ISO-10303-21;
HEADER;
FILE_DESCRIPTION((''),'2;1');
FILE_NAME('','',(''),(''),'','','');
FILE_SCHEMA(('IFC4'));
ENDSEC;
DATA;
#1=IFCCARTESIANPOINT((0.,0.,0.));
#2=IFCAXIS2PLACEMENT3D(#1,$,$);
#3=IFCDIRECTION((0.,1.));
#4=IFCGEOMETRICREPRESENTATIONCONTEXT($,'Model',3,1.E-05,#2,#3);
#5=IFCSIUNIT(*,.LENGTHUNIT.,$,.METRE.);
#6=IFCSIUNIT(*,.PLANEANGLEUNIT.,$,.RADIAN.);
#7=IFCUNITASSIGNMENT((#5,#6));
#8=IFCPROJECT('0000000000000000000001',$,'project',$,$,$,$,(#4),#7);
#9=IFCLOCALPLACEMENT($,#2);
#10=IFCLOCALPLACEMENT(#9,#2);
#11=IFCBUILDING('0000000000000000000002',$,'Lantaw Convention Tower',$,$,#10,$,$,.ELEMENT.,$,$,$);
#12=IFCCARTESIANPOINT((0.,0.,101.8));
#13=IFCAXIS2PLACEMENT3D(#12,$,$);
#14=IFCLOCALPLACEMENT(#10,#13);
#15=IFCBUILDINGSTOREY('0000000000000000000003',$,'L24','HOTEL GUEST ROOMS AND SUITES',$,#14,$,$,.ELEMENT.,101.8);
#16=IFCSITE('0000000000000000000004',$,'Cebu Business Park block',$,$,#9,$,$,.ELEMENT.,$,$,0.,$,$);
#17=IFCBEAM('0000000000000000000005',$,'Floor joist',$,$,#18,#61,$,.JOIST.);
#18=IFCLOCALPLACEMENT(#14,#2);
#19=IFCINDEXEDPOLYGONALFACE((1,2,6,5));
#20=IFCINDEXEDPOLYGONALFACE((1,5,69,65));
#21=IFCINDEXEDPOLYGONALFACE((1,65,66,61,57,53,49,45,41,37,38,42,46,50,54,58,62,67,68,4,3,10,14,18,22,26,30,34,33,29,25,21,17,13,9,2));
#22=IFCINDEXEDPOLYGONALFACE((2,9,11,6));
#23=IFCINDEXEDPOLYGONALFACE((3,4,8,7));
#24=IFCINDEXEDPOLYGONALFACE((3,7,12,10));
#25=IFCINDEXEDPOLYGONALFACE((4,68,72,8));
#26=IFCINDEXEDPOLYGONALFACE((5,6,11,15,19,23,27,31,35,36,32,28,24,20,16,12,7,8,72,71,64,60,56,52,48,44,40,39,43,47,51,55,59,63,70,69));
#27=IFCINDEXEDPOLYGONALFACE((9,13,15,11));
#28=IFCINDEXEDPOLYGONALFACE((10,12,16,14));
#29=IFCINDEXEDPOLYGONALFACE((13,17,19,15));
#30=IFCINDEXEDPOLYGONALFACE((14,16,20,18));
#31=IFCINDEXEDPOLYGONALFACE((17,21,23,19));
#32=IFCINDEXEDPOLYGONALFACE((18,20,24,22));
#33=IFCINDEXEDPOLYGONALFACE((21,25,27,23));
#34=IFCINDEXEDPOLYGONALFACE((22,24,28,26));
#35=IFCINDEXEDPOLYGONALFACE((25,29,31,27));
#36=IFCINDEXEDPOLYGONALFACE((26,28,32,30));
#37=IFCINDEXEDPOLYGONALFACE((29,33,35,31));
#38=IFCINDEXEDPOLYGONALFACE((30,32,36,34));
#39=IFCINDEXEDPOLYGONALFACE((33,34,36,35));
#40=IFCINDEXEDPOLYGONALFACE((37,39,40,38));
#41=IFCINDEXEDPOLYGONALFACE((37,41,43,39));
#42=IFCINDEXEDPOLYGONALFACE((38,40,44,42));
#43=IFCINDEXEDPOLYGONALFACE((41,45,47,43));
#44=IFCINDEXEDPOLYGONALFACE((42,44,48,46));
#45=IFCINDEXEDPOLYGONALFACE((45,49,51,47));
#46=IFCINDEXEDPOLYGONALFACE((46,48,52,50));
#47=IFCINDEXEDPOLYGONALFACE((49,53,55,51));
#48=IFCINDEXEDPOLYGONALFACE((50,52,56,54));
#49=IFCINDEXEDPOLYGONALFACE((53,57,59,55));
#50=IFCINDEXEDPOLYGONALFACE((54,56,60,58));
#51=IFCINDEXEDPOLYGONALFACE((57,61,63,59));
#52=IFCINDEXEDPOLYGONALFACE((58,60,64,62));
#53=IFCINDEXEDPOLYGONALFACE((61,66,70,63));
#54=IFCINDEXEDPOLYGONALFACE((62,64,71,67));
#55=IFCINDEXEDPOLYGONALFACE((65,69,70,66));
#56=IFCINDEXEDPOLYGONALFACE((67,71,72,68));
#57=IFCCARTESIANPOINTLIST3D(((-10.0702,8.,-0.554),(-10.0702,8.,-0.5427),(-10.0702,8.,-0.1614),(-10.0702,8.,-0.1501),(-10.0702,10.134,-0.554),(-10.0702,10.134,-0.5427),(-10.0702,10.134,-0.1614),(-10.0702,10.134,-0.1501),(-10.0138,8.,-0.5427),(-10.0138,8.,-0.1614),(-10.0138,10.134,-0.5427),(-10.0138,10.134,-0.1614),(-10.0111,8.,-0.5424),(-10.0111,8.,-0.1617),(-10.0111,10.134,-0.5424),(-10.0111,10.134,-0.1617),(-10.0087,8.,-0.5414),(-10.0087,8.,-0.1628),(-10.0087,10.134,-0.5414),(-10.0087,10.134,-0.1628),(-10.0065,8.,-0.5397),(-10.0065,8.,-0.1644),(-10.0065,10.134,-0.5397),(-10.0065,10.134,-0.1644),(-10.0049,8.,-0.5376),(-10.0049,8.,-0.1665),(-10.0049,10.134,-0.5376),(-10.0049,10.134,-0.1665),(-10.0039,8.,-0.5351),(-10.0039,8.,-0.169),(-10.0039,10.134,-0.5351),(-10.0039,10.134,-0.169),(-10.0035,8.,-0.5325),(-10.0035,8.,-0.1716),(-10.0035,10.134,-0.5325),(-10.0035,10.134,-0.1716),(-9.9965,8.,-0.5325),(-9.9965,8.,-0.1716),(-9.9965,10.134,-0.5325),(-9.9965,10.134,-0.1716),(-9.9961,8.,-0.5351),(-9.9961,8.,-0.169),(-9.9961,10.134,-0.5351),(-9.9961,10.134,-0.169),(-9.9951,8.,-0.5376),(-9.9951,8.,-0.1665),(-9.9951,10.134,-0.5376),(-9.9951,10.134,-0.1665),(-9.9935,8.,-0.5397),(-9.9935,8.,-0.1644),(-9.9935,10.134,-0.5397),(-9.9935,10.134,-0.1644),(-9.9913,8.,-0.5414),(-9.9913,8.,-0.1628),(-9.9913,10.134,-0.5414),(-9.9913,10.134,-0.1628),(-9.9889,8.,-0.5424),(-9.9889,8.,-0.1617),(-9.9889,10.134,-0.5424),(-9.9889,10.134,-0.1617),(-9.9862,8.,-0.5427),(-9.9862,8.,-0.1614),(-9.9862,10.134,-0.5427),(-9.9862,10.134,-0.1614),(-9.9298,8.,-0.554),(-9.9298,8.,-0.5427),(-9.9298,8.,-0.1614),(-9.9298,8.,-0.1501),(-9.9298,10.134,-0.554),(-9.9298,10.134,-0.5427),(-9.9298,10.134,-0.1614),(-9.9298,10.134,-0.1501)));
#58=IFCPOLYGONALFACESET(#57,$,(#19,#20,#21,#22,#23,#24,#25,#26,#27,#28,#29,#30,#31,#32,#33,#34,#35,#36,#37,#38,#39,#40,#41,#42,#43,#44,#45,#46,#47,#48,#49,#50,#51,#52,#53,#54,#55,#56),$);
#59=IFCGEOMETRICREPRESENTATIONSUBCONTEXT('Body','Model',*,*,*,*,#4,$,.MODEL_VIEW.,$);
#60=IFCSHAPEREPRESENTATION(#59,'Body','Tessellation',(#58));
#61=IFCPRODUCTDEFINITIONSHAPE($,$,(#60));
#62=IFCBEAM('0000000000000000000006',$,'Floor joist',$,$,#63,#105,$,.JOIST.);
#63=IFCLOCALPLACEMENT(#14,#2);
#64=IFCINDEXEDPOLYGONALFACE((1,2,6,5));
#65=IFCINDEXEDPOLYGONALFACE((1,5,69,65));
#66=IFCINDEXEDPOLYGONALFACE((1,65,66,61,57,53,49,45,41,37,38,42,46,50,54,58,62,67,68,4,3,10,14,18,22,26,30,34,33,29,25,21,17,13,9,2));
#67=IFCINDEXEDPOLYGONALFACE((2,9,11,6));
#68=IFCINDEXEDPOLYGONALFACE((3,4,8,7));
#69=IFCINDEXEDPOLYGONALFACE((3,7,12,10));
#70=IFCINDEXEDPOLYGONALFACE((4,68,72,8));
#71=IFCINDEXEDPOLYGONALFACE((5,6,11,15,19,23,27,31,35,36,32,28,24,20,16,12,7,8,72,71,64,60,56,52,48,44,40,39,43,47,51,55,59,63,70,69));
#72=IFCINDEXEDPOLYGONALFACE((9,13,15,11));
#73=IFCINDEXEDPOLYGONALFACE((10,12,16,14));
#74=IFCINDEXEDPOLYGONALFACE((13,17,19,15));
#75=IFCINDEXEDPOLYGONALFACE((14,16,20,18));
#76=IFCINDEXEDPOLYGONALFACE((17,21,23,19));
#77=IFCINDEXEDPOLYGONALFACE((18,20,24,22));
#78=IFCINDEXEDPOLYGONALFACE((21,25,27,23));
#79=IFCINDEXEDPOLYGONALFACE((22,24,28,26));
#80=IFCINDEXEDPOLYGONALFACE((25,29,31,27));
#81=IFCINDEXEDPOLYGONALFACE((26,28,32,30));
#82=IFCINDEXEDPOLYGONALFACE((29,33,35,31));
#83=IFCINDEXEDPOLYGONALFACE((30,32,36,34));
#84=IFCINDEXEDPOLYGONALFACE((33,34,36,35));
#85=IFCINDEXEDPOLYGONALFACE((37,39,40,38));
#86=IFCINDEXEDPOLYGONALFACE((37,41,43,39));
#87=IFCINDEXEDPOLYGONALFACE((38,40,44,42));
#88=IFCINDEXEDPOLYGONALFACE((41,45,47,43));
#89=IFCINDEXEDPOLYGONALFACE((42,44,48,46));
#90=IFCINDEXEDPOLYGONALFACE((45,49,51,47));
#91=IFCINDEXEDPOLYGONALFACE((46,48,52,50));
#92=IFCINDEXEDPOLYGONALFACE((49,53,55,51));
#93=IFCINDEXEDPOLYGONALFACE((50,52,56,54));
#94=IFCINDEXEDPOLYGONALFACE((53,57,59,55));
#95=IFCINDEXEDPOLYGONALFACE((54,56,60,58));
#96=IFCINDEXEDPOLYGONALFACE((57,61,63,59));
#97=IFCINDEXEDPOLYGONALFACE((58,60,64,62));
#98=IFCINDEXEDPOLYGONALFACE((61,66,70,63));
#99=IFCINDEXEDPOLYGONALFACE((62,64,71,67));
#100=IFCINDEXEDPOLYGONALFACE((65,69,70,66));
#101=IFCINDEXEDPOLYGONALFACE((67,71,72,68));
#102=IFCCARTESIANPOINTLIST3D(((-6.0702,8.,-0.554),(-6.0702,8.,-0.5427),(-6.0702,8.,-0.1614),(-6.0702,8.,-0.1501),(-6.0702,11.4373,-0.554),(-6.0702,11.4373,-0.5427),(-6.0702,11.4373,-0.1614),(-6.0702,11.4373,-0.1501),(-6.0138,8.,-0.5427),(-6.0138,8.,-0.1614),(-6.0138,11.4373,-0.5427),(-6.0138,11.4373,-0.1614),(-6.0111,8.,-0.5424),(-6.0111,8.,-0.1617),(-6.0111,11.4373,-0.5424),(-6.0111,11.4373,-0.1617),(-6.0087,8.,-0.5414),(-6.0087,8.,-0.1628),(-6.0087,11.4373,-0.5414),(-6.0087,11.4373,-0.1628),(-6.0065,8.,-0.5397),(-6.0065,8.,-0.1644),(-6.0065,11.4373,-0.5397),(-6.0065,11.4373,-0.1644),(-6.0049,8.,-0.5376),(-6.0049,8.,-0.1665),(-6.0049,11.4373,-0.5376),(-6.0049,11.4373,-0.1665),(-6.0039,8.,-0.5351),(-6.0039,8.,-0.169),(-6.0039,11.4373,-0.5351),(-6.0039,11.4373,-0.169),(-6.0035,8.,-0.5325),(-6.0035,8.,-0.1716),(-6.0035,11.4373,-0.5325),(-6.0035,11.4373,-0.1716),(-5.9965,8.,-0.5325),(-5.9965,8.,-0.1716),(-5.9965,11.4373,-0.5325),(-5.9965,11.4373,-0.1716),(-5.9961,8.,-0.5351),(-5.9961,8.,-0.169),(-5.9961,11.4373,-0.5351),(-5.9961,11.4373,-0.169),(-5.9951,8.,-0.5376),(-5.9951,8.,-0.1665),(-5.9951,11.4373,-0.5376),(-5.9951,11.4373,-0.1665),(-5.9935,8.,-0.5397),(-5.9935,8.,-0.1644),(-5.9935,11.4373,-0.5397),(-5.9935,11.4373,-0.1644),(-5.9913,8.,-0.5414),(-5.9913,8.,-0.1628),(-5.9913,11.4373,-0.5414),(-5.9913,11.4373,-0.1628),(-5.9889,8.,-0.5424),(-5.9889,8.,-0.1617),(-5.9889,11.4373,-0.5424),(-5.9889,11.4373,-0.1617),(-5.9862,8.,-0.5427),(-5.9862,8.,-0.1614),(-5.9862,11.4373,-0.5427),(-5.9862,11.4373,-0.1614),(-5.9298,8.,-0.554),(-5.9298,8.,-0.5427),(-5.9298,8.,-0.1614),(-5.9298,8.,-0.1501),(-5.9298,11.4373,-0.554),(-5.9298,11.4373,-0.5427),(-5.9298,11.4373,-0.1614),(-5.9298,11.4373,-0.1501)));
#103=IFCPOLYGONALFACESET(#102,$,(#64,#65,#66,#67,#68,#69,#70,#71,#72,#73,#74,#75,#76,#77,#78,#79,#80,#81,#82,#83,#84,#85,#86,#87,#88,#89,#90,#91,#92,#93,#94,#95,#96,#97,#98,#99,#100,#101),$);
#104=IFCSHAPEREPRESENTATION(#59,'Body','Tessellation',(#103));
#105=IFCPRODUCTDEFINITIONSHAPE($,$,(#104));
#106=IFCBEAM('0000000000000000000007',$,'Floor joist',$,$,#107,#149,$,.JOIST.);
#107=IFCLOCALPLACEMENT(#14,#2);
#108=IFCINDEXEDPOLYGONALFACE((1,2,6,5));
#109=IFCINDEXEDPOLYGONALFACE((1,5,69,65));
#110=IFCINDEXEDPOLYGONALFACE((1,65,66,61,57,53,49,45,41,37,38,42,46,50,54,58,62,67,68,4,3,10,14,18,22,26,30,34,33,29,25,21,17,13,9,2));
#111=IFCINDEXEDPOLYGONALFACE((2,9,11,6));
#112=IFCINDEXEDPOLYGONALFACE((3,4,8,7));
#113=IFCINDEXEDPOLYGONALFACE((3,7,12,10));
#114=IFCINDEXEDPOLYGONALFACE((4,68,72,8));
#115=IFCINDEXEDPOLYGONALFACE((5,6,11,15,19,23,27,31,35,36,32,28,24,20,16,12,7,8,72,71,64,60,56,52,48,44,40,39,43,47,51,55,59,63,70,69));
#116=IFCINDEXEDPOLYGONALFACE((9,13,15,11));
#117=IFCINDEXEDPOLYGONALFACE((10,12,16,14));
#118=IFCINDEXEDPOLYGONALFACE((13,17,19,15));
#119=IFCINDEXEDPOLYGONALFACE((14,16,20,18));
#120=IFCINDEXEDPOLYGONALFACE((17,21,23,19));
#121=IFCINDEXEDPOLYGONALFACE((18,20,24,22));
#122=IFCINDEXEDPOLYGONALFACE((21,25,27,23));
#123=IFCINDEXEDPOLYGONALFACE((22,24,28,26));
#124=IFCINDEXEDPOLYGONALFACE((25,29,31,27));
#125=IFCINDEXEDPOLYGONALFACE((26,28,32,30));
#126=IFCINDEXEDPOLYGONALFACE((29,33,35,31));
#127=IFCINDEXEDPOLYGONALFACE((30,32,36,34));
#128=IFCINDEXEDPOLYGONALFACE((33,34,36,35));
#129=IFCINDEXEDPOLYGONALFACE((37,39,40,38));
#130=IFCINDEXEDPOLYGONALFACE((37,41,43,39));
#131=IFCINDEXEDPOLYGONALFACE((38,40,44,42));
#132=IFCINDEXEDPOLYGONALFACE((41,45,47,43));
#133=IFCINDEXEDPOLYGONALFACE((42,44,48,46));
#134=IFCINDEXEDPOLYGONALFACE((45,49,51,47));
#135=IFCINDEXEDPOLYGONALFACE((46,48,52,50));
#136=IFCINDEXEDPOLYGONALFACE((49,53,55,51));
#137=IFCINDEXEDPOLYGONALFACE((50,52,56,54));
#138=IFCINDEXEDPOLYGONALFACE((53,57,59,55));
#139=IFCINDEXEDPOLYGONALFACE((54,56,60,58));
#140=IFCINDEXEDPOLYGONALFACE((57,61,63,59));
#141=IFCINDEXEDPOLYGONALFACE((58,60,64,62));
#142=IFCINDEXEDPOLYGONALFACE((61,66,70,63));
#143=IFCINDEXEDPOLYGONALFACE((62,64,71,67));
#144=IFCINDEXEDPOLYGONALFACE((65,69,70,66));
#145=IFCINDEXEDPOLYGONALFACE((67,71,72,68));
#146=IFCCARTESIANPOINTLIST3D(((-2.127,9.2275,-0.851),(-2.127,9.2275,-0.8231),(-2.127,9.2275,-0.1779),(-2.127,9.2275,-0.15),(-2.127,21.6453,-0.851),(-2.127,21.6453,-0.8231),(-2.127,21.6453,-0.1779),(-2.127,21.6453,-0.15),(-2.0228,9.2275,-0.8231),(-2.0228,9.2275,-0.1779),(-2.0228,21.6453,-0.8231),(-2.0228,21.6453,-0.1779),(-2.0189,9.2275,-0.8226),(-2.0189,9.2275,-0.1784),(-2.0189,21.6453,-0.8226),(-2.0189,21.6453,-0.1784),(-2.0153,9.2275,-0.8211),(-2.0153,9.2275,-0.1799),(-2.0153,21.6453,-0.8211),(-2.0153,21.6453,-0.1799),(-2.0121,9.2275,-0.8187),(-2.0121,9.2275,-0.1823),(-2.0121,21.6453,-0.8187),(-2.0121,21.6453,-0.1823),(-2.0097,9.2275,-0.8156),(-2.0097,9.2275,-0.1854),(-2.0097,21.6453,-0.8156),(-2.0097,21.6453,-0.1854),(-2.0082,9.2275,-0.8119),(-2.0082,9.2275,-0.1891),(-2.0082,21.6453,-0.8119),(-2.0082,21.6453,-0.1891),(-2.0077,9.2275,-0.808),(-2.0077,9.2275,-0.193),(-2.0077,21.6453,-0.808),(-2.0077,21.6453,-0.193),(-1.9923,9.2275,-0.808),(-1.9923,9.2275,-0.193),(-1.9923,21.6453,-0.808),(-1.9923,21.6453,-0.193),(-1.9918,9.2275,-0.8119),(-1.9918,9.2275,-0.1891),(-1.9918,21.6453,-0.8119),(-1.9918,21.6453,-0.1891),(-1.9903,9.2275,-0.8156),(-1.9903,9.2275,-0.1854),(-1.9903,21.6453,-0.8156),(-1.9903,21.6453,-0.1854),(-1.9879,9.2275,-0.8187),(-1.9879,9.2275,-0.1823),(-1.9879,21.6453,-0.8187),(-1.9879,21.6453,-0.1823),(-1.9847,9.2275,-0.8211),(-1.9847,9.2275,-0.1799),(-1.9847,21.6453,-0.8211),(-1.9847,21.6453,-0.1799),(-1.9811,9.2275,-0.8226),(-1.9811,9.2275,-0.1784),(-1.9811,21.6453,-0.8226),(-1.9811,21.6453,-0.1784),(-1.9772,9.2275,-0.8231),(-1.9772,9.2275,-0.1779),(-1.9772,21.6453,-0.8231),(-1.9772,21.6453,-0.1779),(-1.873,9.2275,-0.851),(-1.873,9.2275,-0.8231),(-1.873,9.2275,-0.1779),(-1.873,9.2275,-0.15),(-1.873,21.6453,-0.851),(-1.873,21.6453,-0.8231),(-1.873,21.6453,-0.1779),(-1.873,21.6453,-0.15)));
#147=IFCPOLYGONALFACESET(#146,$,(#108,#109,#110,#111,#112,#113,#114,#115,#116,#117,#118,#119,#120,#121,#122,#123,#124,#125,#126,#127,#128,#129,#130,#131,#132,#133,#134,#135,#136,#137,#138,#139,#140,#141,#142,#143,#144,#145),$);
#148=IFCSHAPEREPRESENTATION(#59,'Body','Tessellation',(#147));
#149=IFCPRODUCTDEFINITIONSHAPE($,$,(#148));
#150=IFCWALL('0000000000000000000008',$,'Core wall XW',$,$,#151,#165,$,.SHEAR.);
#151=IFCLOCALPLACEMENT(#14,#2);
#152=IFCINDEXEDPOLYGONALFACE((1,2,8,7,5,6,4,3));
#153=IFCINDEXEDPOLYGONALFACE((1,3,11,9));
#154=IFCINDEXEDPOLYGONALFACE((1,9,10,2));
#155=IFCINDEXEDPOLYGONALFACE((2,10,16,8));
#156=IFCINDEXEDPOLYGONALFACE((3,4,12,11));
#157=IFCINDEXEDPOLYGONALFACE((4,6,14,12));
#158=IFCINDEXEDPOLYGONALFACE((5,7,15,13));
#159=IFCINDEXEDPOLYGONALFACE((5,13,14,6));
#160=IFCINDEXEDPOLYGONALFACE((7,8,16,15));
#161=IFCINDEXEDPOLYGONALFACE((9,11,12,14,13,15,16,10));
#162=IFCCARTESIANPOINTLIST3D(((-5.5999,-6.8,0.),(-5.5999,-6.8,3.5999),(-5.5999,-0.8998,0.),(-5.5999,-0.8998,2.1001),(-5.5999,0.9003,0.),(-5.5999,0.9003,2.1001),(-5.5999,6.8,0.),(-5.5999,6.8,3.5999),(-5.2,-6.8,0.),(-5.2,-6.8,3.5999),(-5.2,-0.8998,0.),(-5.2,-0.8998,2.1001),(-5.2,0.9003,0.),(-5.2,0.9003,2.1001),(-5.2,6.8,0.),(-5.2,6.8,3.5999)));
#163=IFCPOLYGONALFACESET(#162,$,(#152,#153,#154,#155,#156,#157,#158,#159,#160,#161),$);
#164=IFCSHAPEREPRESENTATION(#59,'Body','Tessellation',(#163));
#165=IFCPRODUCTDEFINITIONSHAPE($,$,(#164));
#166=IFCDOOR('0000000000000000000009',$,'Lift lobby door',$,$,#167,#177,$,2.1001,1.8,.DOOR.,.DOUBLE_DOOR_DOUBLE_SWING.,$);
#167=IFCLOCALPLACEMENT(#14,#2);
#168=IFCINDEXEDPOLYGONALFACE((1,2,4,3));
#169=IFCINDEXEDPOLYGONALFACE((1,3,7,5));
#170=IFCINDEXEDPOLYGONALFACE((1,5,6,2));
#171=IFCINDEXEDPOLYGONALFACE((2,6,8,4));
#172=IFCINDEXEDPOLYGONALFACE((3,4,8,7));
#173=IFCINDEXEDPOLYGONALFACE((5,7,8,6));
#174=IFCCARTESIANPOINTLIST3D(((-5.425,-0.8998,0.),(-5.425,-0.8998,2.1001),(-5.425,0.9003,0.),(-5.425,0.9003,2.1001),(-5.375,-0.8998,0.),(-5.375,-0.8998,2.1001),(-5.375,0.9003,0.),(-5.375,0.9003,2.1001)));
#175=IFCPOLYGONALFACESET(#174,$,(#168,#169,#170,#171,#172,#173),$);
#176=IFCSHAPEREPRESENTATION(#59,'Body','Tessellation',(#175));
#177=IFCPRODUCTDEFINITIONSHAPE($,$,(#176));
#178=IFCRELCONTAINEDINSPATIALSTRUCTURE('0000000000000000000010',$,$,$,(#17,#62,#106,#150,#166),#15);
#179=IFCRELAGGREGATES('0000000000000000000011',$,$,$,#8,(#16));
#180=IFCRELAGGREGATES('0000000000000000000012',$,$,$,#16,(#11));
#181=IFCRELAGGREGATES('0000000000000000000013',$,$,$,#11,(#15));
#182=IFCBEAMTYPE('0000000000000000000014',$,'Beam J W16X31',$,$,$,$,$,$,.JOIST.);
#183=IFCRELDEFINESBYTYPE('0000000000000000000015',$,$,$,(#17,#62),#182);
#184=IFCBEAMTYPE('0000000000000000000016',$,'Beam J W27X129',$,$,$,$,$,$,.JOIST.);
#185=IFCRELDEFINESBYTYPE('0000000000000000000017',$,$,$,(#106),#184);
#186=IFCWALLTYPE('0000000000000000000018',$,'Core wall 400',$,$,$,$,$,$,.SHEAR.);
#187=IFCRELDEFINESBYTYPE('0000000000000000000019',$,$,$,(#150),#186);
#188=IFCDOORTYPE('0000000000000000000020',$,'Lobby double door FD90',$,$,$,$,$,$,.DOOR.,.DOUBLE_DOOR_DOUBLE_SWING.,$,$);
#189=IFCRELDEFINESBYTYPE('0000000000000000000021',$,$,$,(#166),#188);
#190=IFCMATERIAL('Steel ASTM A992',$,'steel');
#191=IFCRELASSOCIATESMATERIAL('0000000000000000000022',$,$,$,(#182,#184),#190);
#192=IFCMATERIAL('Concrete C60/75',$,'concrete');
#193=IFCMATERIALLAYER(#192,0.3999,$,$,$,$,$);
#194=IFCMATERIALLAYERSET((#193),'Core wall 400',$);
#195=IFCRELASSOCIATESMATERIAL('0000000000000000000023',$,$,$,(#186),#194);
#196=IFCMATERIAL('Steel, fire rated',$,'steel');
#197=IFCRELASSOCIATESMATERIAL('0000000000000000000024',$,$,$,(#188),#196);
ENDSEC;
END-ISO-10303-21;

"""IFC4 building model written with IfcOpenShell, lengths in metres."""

from ifc_helpers import new_model, si_unit, direction, frame, frame_2d, origin, origin_2d, place, context, subcontext, project, spatial, rectangle, i_section, extrude, material, layer, layer_set, material_profile, profile_set, type_object, element, fill, save


model = new_model("IFC4")

# Units and contexts
model_context = context("Model", 3, precision=1e-05, world=origin(), true_north=direction((0.0, 1.0)))
body_context = subcontext(model_context, "Body", "Model", "MODEL_VIEW")
ifc_project = project(units=[si_unit("LENGTHUNIT", "METRE"), si_unit("PLANEANGLEUNIT", "RADIAN")], contexts=[model_context])

# Site, building, storey
site_placement = place(None, origin())
site = spatial("IfcSite", under=ifc_project, at=site_placement, Name="Cebu Business Park block", CompositionType="ELEMENT", RefElevation=0.0)
building_placement = place(site_placement, origin())
building = spatial("IfcBuilding", under=site, at=building_placement, Name="Lantaw Convention Tower", CompositionType="ELEMENT")
storey_placement = place(building_placement, frame((0.0, 0.0, 101.8)))
storey = spatial("IfcBuildingStorey", under=building, at=storey_placement, Name="L24", Description="HOTEL GUEST ROOMS AND SUITES", CompositionType="ELEMENT", Elevation=101.8)

# Beams
ifc_material_1 = material(Name="Steel ASTM A992", Category="steel")
ifc_material_profile_1 = material_profile(ifc_material_1, i_section(OverallWidth=0.1404, OverallDepth=0.4038, WebThickness=0.0071, FlangeThickness=0.0112, FilletRadius=0.0103, at=origin_2d()), Name="W16X31")
ifc_profile_set_1 = profile_set([ifc_material_profile_1], Name="Steel ASTM A992")
beam_type_1 = type_object("IfcBeamType", Name="Beam J W16X31", PredefinedType="JOIST", material=ifc_profile_set_1)
beam_1_placement = place(storey_placement, frame((-10.0, 8.0, -0.3521), z_axis=(0.0, 1.0, 0.0), x_axis=(-1.0, 0.0, 0.0)))
element("IfcBeam", 1, at=beam_1_placement, inside=storey, type_object=beam_type_1, Name="Floor joist", PredefinedType="JOIST", context=body_context, shape_type="SweptSolid", body=[
    extrude(i_section(OverallWidth=0.1404, OverallDepth=0.4038, WebThickness=0.0071, FlangeThickness=0.0112, FilletRadius=0.0103, at=origin_2d()), origin(), (0.0, 0.0, 1.0), 2.134),
])
beam_2_placement = place(storey_placement, frame((-6.0, 8.0, -0.3521), z_axis=(0.0, 1.0, 0.0), x_axis=(-1.0, 0.0, 0.0)))
element("IfcBeam", 2, at=beam_2_placement, inside=storey, type_object=beam_type_1, Name="Floor joist", PredefinedType="JOIST", context=body_context, shape_type="SweptSolid", body=[
    extrude(i_section(OverallWidth=0.1404, OverallDepth=0.4038, WebThickness=0.0071, FlangeThickness=0.0112, FilletRadius=0.0103, at=origin_2d()), origin(), (0.0, 0.0, 1.0), 3.4373),
])
ifc_material_profile_2 = material_profile(ifc_material_1, i_section(OverallWidth=0.2539, OverallDepth=0.7009, WebThickness=0.0154, FlangeThickness=0.0278, FilletRadius=0.0151, at=origin_2d()), Name="W27X129")
ifc_profile_set_2 = profile_set([ifc_material_profile_2], Name="Steel ASTM A992")
beam_type_2 = type_object("IfcBeamType", Name="Beam J W27X129", PredefinedType="JOIST", material=ifc_profile_set_2)
beam_3_placement = place(storey_placement, frame((-2.0, 9.2275, -0.5005), z_axis=(0.0, 1.0, 0.0), x_axis=(-1.0, 0.0, 0.0)))
element("IfcBeam", 3, at=beam_3_placement, inside=storey, type_object=beam_type_2, Name="Floor joist", PredefinedType="JOIST", context=body_context, shape_type="SweptSolid", body=[
    extrude(i_section(OverallWidth=0.2539, OverallDepth=0.7009, WebThickness=0.0154, FlangeThickness=0.0278, FilletRadius=0.0151, at=origin_2d()), origin(), (0.0, 0.0, 1.0), 12.4177),
])

# Wall, opening, door
ifc_material_2 = material(Name="Concrete C60/75", Category="concrete")
ifc_layer_1 = layer(ifc_material_2, 0.3999)
ifc_layer_set_1 = layer_set([ifc_layer_1], Name="Core wall 400")
wall_type_1 = type_object("IfcWallType", Name="Core wall 400", PredefinedType="SHEAR", material=ifc_layer_set_1)
wall_1_placement = place(storey_placement, frame((-5.3999, 6.8, 0.0), z_axis=(0.0, 0.0, 1.0), x_axis=(0.0, -1.0, 0.0)))
wall_1 = element("IfcWall", 4, at=wall_1_placement, inside=storey, type_object=wall_type_1, Name="Core wall XW", PredefinedType="SHEAR", context=body_context, shape_type="SweptSolid", body=[
    extrude(rectangle(XDim=13.6001, YDim=0.3999, at=frame_2d((6.8, 0.0))), origin(), (0.0, 0.0, 1.0), 3.5999),
])
opening_placement = place(wall_1_placement, frame((5.8999, 0.0, 0.0)))
opening = element("IfcOpeningElement", 5, at=opening_placement, cuts=wall_1, PredefinedType="OPENING", context=body_context, shape_type="SweptSolid", body=[
    extrude(rectangle(XDim=1.8, YDim=2.1001, at=frame_2d((0.8999, 1.05))), frame((0.0, 0.21, 0.0), z_axis=(0.0, -1.0, 0.0), x_axis=(1.0, 0.0, 0.0)), (0.0, 0.0, 1.0), 0.4199),
])
ifc_material_3 = material(Name="Steel, fire rated", Category="steel")
door_type = type_object("IfcDoorType", Name="Lobby double door FD90", OperationType="DOUBLE_DOOR_DOUBLE_SWING", PredefinedType="DOOR", material=ifc_material_3)
door_placement = place(opening_placement, origin())
door = element("IfcDoor", 6, at=door_placement, inside=storey, type_object=door_type, Name="Lift lobby door", OperationType="DOUBLE_DOOR_DOUBLE_SWING", OverallHeight=2.1001, OverallWidth=1.8, PredefinedType="DOOR", context=body_context, shape_type="SweptSolid", body=[
    extrude(rectangle(XDim=1.8, YDim=2.1001, at=frame_2d((0.8999, 1.05))), frame((0.0, 0.0249, 0.0), z_axis=(0.0, -1.0, 0.0), x_axis=(1.0, 0.0, 0.0)), (0.0, 0.0, 1.0), 0.05),
])
fill(opening, door)

save(model, "model.ifc")
